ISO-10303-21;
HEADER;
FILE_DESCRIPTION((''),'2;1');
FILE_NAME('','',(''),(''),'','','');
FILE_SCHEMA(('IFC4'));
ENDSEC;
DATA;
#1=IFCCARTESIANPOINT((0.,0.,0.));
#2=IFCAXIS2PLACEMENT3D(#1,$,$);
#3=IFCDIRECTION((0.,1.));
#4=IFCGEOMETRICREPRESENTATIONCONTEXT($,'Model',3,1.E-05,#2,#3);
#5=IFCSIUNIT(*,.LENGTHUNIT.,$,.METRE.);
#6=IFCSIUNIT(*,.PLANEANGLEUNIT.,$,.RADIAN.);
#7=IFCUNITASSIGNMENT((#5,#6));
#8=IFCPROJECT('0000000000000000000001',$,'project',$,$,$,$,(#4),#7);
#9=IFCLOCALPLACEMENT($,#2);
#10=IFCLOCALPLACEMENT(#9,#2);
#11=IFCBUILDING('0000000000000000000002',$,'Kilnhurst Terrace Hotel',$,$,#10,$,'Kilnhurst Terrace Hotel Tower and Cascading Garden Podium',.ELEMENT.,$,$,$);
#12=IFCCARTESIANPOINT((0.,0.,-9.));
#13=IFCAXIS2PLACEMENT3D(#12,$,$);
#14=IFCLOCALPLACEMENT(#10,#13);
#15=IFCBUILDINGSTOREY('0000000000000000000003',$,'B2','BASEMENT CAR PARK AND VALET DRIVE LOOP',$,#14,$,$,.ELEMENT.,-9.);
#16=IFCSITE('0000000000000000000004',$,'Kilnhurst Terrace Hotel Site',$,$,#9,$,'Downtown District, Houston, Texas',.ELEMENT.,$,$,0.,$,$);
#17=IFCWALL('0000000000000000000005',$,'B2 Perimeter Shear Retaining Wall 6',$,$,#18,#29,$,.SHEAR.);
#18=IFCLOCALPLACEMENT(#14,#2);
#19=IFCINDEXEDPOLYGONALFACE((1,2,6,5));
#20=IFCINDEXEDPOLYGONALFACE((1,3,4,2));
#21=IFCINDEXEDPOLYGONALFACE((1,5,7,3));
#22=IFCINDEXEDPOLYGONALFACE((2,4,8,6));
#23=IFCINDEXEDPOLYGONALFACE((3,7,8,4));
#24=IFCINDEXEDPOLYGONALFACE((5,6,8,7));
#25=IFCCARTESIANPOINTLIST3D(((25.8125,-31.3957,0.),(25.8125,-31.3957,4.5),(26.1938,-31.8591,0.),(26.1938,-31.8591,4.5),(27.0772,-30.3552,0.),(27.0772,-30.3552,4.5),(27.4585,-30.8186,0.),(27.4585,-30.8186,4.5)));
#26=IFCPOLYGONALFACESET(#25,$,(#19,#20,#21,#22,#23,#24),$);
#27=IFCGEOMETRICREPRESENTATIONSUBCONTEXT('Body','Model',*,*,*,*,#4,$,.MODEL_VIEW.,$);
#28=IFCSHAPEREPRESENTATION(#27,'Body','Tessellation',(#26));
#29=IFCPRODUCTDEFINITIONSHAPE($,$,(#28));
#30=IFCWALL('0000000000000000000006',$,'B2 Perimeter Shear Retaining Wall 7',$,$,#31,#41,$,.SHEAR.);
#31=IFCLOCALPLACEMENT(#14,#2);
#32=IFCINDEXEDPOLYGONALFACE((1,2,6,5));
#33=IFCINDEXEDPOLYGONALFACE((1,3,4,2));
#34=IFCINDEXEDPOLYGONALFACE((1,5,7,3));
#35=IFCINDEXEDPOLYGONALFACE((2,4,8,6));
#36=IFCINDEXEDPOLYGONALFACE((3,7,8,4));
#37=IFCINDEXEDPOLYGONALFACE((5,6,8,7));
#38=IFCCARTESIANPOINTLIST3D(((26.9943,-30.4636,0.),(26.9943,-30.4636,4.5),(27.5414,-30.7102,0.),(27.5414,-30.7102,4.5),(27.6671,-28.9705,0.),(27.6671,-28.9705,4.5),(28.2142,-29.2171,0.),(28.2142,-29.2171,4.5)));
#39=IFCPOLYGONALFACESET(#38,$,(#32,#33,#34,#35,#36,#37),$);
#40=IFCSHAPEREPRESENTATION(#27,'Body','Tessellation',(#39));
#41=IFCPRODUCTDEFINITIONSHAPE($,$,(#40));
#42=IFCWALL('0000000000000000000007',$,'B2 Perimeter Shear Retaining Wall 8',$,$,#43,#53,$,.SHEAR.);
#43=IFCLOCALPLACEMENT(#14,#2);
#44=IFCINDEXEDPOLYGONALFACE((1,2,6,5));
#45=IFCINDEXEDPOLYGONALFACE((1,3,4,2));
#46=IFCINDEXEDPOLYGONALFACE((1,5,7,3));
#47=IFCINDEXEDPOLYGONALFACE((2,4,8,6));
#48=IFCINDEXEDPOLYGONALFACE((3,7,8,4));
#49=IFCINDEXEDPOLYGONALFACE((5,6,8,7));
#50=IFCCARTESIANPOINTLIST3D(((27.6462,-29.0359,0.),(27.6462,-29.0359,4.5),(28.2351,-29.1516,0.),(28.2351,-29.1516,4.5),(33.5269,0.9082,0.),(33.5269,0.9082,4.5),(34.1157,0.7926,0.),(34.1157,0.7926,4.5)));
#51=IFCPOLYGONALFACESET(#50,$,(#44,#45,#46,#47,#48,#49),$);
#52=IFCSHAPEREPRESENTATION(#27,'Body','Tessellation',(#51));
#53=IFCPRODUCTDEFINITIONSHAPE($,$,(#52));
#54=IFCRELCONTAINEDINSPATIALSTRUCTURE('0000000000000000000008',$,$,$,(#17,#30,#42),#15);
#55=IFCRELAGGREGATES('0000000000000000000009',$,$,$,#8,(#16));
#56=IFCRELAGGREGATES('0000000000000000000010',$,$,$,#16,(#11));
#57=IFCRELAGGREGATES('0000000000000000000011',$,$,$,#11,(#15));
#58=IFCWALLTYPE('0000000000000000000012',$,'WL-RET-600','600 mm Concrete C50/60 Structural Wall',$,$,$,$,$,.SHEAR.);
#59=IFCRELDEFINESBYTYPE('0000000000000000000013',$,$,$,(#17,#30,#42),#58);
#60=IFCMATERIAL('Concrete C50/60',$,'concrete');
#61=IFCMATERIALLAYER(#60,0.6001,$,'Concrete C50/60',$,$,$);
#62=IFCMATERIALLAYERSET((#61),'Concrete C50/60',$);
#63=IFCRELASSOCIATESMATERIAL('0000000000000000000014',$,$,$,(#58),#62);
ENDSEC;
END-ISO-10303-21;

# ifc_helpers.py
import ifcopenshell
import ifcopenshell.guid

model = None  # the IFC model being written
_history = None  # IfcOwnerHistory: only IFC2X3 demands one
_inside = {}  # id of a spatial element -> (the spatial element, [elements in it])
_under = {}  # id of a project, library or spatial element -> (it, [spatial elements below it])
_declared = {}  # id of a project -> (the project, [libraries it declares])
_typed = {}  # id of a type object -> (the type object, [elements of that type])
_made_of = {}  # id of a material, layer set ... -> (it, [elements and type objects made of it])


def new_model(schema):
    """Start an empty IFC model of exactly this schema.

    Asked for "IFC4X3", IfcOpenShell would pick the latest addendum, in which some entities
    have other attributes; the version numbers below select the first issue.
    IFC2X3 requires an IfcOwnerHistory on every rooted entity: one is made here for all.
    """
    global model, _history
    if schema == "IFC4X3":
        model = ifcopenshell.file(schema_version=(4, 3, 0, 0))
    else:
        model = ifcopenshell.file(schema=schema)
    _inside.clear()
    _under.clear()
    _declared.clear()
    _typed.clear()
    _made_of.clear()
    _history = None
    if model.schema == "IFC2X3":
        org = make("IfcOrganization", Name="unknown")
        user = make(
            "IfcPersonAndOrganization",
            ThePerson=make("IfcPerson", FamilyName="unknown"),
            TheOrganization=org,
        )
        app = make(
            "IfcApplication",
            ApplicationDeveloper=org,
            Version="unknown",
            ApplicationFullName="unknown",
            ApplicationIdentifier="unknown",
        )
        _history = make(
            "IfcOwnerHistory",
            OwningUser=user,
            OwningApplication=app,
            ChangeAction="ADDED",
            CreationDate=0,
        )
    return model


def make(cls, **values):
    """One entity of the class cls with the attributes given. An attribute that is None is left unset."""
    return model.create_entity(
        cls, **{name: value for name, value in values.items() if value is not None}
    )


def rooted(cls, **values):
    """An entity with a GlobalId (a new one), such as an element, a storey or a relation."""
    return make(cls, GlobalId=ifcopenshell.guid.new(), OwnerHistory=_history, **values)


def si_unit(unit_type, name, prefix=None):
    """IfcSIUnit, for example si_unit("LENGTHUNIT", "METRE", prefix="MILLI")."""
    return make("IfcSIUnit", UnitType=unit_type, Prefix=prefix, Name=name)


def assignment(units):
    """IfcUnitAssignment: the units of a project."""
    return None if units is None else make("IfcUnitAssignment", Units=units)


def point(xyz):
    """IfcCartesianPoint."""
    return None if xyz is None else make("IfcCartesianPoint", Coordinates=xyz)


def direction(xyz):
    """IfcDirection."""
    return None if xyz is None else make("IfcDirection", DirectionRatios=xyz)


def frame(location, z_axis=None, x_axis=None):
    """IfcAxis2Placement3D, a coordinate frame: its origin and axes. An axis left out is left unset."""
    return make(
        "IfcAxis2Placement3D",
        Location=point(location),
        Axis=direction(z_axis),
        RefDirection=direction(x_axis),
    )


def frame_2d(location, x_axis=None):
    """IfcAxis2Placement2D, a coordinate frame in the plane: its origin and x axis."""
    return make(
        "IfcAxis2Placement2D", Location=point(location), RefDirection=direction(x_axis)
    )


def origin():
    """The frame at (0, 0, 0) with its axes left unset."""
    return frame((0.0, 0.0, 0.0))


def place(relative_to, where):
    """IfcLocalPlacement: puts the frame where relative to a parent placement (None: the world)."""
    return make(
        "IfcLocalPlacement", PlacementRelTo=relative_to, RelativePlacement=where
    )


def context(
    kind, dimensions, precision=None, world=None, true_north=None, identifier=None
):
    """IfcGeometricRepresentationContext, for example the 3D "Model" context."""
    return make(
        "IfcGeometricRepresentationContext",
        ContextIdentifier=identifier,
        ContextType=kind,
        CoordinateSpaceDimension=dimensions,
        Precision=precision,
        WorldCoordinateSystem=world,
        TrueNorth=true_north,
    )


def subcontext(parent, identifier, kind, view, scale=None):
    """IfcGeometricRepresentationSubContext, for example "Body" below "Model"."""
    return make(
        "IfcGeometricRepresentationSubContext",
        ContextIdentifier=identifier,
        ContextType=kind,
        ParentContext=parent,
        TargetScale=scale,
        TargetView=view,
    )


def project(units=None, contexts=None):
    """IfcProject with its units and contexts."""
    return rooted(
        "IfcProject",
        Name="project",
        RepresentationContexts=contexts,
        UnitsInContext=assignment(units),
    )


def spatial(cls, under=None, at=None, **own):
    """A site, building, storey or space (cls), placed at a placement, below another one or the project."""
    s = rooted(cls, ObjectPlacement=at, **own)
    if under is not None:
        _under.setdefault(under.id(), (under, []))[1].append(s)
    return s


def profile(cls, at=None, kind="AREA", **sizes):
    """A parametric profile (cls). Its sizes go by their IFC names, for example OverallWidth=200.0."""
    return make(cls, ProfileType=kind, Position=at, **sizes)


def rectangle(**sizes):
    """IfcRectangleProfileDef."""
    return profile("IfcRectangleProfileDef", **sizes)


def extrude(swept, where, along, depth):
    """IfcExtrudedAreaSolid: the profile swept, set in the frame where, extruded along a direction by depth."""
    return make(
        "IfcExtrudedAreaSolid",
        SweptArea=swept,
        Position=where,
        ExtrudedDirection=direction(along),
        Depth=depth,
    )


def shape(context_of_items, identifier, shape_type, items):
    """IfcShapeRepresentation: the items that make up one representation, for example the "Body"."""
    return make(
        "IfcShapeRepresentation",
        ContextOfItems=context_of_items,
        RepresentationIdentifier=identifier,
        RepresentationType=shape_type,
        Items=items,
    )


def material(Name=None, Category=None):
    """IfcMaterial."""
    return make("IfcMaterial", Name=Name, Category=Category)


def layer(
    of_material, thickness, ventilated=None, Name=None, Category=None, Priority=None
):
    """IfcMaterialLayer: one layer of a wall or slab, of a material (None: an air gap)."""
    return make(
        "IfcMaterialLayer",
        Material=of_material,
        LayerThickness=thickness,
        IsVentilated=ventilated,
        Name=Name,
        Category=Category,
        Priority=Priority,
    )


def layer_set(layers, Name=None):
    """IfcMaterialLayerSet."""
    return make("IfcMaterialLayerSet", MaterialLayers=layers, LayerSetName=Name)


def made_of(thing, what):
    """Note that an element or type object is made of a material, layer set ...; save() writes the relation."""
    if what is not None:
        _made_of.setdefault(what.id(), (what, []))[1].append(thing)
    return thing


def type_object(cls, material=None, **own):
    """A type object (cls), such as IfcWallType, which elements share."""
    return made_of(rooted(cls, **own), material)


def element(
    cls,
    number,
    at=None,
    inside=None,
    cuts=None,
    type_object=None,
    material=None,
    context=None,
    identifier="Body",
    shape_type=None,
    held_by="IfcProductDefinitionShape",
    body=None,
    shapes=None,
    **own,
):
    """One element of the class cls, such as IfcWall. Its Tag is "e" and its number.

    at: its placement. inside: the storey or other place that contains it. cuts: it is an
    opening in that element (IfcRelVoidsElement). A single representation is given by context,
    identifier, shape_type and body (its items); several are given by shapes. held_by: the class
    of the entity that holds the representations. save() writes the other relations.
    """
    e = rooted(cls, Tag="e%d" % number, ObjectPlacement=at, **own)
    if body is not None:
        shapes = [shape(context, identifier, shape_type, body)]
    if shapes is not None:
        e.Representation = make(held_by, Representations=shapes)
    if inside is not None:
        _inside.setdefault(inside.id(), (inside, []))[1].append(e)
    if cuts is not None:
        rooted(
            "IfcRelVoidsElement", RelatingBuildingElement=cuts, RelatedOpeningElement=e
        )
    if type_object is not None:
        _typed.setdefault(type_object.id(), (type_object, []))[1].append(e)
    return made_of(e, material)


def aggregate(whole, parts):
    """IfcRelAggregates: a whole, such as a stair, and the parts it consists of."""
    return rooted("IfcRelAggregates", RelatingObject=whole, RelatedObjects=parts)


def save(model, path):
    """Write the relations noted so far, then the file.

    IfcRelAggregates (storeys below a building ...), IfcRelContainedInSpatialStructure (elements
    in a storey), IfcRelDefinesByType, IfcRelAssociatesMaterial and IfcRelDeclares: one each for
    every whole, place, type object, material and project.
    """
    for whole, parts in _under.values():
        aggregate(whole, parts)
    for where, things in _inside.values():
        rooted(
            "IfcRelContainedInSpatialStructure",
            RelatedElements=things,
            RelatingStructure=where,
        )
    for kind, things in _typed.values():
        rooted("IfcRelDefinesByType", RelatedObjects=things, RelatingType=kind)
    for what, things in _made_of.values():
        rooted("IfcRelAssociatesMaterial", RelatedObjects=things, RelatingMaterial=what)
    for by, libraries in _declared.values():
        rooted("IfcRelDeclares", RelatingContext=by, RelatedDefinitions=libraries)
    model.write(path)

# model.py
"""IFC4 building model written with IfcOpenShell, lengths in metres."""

from ifc_helpers import new_model, si_unit, direction, frame, frame_2d, origin, place, context, subcontext, project, spatial, rectangle, extrude, material, layer, layer_set, type_object, element, save


model = new_model("IFC4")

# Units and contexts
model_context = context("Model", 3, precision=1e-05, world=origin(), true_north=direction((0.0, 1.0)))
body_context = subcontext(model_context, "Body", "Model", "MODEL_VIEW")
ifc_project = project(units=[si_unit("LENGTHUNIT", "METRE"), si_unit("PLANEANGLEUNIT", "RADIAN")], contexts=[model_context])

# Site, building, storey
site_placement = place(None, origin())
site = spatial("IfcSite", under=ifc_project, at=site_placement, Name="Kilnhurst Terrace Hotel Site", LongName="Downtown District, Houston, Texas", CompositionType="ELEMENT", RefElevation=0.0)
building_placement = place(site_placement, origin())
building = spatial("IfcBuilding", under=site, at=building_placement, Name="Kilnhurst Terrace Hotel", LongName="Kilnhurst Terrace Hotel Tower and Cascading Garden Podium", CompositionType="ELEMENT")
storey_placement = place(building_placement, frame((0.0, 0.0, -9.0)))
storey = spatial("IfcBuildingStorey", under=building, at=storey_placement, Name="B2", Description="BASEMENT CAR PARK AND VALET DRIVE LOOP", CompositionType="ELEMENT", Elevation=-9.0)

# Shared definitions
ifc_material_1 = material(Name="Concrete C50/60", Category="concrete")

# Walls
ifc_layer_1 = layer(ifc_material_1, 0.6001, Name="Concrete C50/60")
ifc_layer_set_1 = layer_set([ifc_layer_1], Name="Concrete C50/60")
wall_type_1 = type_object("IfcWallType", Name="WL-RET-600", Description="600 mm Concrete C50/60 Structural Wall", PredefinedType="SHEAR", material=ifc_layer_set_1)
for number, where, z_axis, x_axis, name in (
    (1, (26.0032, -31.6274, 0.0), (0.0, 0.0, 1.0), (0.772214, 0.635362, 0.0), "B2 Perimeter Shear Retaining Wall 6"),
    (2, (27.2678, -30.5869, 0.0), (0.0, 0.0, 1.0), (0.410836, 0.911709, 0.0), "B2 Perimeter Shear Retaining Wall 7"),
):
    element("IfcWall", number, at=place(storey_placement, frame(where, z_axis=z_axis, x_axis=x_axis)), inside=storey, type_object=wall_type_1, Name=name, PredefinedType="SHEAR", context=body_context, shape_type="SweptSolid", body=[
        extrude(rectangle(XDim=1.6377, YDim=0.6001, at=frame_2d((0.8188, 0.0))), origin(), (0.0, 0.0, 1.0), 4.5),
    ])
wall_1_placement = place(storey_placement, frame((27.9407, -29.0938, 0.0), z_axis=(0.0, 0.0, 1.0), x_axis=(0.192706, 0.981257, 0.0)))
element("IfcWall", 3, at=wall_1_placement, inside=storey, type_object=wall_type_1, Name="B2 Perimeter Shear Retaining Wall 8", PredefinedType="SHEAR", context=body_context, shape_type="SweptSolid", body=[
    extrude(rectangle(XDim=30.5161, YDim=0.6001, at=frame_2d((15.2581, 0.0))), origin(), (0.0, 0.0, 1.0), 4.5),
])

save(model, "model.ifc")
